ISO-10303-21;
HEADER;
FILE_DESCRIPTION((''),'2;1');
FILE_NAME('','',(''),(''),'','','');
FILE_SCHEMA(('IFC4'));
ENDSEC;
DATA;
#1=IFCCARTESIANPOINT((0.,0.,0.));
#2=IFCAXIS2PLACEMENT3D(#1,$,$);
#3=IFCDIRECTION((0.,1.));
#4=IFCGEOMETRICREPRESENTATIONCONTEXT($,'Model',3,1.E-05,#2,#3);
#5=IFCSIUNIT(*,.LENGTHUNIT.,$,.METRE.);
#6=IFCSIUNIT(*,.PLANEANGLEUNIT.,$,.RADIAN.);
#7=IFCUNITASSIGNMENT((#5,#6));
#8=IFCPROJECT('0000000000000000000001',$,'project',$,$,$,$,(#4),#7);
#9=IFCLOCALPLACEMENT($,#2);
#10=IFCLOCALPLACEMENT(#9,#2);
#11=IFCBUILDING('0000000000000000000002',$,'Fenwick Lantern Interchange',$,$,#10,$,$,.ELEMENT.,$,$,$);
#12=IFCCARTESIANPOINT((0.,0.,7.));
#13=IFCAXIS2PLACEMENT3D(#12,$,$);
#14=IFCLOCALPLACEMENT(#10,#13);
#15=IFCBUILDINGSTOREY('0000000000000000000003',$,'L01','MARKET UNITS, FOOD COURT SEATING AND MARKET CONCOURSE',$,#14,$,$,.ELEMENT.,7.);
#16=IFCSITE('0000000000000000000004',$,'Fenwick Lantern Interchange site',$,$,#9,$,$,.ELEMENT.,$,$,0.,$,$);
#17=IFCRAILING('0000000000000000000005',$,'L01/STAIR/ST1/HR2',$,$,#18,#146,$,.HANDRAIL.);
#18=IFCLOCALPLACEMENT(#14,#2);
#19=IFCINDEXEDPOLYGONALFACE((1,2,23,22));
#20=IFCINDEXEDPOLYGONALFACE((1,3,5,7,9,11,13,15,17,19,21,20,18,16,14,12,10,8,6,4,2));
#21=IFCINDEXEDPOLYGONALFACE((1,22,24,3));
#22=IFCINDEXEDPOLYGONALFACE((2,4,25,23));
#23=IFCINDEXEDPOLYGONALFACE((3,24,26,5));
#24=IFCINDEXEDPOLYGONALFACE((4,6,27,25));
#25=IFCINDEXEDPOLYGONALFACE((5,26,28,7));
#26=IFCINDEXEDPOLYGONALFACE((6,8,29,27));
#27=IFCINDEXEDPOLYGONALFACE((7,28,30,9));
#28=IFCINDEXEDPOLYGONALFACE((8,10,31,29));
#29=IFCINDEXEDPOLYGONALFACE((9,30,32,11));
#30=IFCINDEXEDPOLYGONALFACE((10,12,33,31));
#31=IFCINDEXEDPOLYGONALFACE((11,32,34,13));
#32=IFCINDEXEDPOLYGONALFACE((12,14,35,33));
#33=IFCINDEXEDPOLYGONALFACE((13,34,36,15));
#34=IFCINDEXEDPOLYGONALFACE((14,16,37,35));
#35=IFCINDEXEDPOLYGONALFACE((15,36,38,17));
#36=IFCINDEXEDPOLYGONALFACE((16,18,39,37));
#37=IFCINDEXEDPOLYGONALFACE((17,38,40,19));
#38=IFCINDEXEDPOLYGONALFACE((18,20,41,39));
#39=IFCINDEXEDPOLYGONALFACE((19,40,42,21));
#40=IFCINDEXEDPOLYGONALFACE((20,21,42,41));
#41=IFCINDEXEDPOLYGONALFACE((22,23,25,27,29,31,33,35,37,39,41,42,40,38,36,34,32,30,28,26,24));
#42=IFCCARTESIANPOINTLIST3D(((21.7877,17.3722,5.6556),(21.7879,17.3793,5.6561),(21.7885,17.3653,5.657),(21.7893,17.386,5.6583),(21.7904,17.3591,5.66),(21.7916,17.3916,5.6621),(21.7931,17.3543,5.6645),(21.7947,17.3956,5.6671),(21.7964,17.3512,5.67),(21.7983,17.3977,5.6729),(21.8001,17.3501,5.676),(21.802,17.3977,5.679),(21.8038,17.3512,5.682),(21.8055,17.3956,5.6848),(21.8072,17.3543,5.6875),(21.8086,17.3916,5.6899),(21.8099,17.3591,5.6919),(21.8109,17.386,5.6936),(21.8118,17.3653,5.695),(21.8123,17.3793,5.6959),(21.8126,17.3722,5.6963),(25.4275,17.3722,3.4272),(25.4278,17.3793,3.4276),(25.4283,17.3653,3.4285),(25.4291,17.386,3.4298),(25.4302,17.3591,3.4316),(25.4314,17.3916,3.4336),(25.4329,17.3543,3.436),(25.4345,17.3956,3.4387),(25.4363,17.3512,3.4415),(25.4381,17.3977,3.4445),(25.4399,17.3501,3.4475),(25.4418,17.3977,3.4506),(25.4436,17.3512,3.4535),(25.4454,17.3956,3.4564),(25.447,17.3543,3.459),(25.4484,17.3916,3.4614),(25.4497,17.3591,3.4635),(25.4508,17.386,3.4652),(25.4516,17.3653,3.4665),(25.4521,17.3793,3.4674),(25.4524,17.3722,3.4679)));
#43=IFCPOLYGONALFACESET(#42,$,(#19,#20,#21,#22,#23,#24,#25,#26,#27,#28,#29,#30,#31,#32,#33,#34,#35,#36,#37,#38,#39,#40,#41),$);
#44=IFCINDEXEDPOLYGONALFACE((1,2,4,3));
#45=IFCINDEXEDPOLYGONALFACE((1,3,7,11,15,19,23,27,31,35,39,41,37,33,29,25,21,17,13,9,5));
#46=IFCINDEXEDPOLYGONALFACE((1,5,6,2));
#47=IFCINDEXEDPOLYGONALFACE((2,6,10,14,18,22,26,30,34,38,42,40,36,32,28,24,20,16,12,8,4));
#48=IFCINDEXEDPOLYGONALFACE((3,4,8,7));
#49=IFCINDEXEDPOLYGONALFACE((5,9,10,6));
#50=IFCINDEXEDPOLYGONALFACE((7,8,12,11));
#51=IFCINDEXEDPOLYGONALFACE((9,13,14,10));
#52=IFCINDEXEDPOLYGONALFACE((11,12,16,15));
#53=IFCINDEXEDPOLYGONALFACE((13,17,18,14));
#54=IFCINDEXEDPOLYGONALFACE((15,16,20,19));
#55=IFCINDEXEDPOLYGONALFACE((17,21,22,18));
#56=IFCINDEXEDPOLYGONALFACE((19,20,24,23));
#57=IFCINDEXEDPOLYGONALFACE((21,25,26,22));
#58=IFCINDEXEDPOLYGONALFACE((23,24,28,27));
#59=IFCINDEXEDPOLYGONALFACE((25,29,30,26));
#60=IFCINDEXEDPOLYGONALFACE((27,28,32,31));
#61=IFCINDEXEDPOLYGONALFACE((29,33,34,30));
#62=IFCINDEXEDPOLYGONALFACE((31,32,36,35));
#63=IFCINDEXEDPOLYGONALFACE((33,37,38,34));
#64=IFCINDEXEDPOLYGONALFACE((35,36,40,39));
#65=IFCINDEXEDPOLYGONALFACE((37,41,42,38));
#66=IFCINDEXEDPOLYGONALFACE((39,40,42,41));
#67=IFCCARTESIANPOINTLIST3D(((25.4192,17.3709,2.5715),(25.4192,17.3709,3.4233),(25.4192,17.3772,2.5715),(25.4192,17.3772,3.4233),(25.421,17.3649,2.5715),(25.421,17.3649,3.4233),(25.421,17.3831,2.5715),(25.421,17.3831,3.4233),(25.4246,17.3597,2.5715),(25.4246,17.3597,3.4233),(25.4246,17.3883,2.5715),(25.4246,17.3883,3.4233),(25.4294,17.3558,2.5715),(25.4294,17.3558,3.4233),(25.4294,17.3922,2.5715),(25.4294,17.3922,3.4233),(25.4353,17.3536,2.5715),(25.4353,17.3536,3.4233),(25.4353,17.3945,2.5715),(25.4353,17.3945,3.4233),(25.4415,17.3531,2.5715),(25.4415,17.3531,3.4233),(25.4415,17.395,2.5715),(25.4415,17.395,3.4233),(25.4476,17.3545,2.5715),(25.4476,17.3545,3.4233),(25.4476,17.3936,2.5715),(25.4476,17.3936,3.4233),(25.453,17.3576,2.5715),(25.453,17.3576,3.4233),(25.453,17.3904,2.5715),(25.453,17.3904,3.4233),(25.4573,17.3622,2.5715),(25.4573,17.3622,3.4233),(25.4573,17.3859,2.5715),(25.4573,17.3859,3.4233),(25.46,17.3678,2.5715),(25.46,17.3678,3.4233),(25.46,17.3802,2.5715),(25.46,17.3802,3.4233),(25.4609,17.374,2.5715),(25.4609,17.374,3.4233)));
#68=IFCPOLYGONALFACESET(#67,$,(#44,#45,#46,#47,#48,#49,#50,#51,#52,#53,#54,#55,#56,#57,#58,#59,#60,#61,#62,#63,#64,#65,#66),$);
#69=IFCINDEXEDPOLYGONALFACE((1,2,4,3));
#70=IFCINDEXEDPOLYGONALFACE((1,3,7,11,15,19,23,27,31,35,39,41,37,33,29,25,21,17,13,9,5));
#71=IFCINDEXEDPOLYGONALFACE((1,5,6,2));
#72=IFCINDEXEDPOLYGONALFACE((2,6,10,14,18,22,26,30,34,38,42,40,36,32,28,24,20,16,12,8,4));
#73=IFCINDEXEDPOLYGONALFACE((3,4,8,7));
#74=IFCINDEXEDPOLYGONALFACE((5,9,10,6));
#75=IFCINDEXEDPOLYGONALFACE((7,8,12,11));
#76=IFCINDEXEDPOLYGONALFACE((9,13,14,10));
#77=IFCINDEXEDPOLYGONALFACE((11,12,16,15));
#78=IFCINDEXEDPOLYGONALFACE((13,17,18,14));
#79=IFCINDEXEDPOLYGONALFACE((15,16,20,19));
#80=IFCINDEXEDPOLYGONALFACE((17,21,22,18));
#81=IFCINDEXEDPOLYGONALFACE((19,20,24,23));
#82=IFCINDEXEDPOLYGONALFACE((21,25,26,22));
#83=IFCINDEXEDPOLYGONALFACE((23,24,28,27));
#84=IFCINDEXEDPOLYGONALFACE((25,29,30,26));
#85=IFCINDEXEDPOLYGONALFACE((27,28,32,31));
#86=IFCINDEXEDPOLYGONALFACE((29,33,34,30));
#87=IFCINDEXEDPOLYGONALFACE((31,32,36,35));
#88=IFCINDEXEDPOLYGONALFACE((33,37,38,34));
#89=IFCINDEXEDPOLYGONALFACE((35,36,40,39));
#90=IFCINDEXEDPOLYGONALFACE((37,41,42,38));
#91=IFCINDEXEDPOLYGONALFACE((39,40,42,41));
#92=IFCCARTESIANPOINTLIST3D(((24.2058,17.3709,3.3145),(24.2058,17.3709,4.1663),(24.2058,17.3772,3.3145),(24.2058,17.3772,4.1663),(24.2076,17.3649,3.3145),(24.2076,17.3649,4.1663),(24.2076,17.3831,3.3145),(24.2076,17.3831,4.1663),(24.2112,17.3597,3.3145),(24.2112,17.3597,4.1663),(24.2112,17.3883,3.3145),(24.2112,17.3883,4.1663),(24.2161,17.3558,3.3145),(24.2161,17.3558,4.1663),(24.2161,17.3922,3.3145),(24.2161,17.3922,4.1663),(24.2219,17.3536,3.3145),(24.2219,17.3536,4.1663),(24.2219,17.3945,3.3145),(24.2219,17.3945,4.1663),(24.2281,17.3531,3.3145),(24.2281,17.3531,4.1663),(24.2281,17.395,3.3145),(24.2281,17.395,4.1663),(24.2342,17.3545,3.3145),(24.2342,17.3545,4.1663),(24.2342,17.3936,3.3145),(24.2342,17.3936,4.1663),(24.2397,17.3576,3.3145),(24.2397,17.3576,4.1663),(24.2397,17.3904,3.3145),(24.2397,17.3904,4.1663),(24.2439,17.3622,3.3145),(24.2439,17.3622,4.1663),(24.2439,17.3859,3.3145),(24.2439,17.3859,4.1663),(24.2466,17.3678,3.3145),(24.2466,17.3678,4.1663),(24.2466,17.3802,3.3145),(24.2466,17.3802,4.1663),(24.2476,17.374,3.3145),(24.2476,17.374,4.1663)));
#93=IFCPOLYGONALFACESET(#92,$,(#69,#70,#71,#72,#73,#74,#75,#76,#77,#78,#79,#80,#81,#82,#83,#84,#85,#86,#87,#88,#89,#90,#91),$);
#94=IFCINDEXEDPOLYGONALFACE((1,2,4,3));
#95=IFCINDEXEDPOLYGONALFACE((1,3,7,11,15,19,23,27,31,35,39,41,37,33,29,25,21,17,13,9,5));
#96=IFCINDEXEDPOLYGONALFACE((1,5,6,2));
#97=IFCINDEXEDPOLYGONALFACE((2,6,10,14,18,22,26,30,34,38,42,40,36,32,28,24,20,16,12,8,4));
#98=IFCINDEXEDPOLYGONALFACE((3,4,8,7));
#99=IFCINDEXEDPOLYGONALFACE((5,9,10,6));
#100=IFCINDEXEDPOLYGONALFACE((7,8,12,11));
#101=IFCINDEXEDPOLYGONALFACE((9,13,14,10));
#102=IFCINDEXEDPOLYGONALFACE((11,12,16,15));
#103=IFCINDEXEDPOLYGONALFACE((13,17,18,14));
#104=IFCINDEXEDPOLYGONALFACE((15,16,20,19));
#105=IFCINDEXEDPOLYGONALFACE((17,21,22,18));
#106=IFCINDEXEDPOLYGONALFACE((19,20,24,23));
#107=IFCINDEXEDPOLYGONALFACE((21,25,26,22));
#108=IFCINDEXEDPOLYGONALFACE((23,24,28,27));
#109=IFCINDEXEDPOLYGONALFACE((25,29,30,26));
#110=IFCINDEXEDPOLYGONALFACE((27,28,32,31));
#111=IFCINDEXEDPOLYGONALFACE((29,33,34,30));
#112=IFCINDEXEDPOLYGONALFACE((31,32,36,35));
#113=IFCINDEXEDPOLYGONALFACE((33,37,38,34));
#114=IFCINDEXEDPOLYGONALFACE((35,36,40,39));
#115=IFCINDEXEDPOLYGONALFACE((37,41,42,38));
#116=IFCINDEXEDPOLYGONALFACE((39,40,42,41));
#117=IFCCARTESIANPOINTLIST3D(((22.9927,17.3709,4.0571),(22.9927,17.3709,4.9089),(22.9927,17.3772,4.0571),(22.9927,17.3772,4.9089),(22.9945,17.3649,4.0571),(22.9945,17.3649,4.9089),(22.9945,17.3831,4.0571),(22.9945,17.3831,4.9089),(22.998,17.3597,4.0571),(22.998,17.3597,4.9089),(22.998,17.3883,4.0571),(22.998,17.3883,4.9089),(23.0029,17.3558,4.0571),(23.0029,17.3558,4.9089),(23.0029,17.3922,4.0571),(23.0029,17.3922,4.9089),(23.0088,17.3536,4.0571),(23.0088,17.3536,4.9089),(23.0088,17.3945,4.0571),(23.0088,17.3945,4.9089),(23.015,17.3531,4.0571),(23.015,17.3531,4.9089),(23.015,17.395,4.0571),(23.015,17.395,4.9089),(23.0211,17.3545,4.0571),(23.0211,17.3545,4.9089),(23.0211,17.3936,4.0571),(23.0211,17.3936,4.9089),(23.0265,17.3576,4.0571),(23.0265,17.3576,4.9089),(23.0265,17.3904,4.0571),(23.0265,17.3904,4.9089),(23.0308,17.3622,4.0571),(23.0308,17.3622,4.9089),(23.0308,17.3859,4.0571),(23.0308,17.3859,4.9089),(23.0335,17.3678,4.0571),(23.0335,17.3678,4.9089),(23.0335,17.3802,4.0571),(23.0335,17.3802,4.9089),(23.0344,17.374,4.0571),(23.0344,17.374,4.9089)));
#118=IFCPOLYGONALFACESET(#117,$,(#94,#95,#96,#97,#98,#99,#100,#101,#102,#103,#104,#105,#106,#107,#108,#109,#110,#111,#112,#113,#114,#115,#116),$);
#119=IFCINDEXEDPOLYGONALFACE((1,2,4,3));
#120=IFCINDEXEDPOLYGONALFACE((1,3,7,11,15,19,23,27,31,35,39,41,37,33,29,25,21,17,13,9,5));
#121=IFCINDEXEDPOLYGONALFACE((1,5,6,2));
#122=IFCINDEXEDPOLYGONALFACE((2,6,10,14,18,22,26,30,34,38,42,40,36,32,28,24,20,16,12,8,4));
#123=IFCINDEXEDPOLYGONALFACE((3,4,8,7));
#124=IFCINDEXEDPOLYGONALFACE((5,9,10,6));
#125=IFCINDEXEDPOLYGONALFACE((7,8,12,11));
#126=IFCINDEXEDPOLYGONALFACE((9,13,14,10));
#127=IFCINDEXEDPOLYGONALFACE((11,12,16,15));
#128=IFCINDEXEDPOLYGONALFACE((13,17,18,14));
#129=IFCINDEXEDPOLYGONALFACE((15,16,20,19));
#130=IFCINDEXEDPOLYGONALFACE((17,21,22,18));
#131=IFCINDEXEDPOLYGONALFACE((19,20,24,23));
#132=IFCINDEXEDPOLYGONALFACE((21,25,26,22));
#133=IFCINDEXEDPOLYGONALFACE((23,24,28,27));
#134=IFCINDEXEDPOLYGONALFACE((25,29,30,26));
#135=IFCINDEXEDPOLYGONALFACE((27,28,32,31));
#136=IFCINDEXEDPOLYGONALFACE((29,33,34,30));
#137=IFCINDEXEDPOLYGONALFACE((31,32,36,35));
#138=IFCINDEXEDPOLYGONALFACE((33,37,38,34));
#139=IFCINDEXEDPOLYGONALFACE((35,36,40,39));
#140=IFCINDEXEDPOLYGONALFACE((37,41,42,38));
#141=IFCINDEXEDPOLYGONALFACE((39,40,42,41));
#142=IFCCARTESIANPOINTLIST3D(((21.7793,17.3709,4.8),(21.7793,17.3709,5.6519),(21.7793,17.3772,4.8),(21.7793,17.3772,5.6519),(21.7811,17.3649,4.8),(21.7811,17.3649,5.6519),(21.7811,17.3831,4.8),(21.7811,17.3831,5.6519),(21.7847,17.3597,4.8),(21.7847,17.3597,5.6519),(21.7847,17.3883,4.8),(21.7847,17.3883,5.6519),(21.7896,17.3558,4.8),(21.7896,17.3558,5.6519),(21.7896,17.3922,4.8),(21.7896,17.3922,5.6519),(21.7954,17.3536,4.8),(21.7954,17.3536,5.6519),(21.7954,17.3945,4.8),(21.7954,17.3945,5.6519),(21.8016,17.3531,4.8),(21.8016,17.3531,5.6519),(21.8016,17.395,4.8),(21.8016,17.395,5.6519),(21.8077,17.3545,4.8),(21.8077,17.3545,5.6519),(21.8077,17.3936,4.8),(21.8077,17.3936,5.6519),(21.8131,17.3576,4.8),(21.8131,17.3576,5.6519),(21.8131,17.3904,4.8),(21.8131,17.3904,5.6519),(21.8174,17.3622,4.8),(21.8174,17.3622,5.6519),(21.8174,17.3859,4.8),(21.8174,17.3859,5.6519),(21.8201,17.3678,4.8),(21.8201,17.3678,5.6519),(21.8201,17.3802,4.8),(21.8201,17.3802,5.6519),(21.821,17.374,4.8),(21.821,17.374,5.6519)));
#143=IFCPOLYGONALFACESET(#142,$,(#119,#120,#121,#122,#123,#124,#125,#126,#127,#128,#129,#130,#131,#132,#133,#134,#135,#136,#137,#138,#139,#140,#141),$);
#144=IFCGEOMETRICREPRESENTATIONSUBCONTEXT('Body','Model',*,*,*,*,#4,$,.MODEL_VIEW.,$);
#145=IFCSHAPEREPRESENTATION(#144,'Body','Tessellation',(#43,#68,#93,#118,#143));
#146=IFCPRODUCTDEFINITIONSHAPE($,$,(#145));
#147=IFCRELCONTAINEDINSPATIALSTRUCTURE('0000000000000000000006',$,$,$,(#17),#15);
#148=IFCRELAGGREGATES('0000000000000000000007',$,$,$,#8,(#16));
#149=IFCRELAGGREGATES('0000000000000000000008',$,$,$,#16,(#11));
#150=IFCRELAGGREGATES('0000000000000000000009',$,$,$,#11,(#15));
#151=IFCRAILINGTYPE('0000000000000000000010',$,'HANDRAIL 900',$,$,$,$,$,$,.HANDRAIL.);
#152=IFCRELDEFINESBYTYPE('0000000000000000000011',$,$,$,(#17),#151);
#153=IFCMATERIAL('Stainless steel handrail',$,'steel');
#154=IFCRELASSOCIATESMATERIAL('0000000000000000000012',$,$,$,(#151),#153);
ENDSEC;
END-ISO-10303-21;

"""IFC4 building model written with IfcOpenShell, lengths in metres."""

from ifc_helpers import new_model, si_unit, direction, frame, origin, origin_2d, place, context, subcontext, project, spatial, circle, extrude, material, type_object, element, save


model = new_model("IFC4")

# Units and contexts
model_context = context("Model", 3, precision=1e-05, world=origin(), true_north=direction((0.0, 1.0)))
body_context = subcontext(model_context, "Body", "Model", "MODEL_VIEW")
ifc_project = project(units=[si_unit("LENGTHUNIT", "METRE"), si_unit("PLANEANGLEUNIT", "RADIAN")], contexts=[model_context])

# Site, building, storey
site_placement = place(None, origin())
site = spatial("IfcSite", under=ifc_project, at=site_placement, Name="Fenwick Lantern Interchange site", CompositionType="ELEMENT", RefElevation=0.0)
building_placement = place(site_placement, origin())
building = spatial("IfcBuilding", under=site, at=building_placement, Name="Fenwick Lantern Interchange", CompositionType="ELEMENT")
storey_placement = place(building_placement, frame((0.0, 0.0, 7.0)))
storey = spatial("IfcBuildingStorey", under=building, at=storey_placement, Name="L01", Description="MARKET UNITS, FOOD COURT SEATING AND MARKET CONCOURSE", CompositionType="ELEMENT", Elevation=7.0)

# Railing
ifc_material_1 = material(Name="Stainless steel handrail", Category="steel")
railing_type = type_object("IfcRailingType", Name="HANDRAIL 900", PredefinedType="HANDRAIL", material=ifc_material_1)
railing_1_placement = place(storey_placement, frame((25.4399, 17.374, 2.5715)))
element("IfcRailing", 1, at=railing_1_placement, inside=storey, type_object=railing_type, Name="L01/STAIR/ST1/HR2", PredefinedType="HANDRAIL", context=body_context, shape_type="SweptSolid", body=[
    extrude(circle(Radius=0.0239, at=origin_2d()), frame((0.0, 0.0, 0.876), z_axis=(-0.85285, 0.0, 0.522156), x_axis=(0.0, -1.0, 0.0)), (0.0, 0.0, 1.0), 4.2678),
    extrude(circle(Radius=0.021, at=origin_2d()), origin(), (0.0, 0.0, 1.0), 0.8518),
    extrude(circle(Radius=0.021, at=origin_2d()), frame((-1.2134, 0.0, 0.7429)), (0.0, 0.0, 1.0), 0.8518),
    extrude(circle(Radius=0.021, at=origin_2d()), frame((-2.4265, 0.0, 1.4856)), (0.0, 0.0, 1.0), 0.8518),
    extrude(circle(Radius=0.021, at=origin_2d()), frame((-3.6399, 0.0, 2.2285)), (0.0, 0.0, 1.0), 0.8518),
])

save(model, "model.ifc")
